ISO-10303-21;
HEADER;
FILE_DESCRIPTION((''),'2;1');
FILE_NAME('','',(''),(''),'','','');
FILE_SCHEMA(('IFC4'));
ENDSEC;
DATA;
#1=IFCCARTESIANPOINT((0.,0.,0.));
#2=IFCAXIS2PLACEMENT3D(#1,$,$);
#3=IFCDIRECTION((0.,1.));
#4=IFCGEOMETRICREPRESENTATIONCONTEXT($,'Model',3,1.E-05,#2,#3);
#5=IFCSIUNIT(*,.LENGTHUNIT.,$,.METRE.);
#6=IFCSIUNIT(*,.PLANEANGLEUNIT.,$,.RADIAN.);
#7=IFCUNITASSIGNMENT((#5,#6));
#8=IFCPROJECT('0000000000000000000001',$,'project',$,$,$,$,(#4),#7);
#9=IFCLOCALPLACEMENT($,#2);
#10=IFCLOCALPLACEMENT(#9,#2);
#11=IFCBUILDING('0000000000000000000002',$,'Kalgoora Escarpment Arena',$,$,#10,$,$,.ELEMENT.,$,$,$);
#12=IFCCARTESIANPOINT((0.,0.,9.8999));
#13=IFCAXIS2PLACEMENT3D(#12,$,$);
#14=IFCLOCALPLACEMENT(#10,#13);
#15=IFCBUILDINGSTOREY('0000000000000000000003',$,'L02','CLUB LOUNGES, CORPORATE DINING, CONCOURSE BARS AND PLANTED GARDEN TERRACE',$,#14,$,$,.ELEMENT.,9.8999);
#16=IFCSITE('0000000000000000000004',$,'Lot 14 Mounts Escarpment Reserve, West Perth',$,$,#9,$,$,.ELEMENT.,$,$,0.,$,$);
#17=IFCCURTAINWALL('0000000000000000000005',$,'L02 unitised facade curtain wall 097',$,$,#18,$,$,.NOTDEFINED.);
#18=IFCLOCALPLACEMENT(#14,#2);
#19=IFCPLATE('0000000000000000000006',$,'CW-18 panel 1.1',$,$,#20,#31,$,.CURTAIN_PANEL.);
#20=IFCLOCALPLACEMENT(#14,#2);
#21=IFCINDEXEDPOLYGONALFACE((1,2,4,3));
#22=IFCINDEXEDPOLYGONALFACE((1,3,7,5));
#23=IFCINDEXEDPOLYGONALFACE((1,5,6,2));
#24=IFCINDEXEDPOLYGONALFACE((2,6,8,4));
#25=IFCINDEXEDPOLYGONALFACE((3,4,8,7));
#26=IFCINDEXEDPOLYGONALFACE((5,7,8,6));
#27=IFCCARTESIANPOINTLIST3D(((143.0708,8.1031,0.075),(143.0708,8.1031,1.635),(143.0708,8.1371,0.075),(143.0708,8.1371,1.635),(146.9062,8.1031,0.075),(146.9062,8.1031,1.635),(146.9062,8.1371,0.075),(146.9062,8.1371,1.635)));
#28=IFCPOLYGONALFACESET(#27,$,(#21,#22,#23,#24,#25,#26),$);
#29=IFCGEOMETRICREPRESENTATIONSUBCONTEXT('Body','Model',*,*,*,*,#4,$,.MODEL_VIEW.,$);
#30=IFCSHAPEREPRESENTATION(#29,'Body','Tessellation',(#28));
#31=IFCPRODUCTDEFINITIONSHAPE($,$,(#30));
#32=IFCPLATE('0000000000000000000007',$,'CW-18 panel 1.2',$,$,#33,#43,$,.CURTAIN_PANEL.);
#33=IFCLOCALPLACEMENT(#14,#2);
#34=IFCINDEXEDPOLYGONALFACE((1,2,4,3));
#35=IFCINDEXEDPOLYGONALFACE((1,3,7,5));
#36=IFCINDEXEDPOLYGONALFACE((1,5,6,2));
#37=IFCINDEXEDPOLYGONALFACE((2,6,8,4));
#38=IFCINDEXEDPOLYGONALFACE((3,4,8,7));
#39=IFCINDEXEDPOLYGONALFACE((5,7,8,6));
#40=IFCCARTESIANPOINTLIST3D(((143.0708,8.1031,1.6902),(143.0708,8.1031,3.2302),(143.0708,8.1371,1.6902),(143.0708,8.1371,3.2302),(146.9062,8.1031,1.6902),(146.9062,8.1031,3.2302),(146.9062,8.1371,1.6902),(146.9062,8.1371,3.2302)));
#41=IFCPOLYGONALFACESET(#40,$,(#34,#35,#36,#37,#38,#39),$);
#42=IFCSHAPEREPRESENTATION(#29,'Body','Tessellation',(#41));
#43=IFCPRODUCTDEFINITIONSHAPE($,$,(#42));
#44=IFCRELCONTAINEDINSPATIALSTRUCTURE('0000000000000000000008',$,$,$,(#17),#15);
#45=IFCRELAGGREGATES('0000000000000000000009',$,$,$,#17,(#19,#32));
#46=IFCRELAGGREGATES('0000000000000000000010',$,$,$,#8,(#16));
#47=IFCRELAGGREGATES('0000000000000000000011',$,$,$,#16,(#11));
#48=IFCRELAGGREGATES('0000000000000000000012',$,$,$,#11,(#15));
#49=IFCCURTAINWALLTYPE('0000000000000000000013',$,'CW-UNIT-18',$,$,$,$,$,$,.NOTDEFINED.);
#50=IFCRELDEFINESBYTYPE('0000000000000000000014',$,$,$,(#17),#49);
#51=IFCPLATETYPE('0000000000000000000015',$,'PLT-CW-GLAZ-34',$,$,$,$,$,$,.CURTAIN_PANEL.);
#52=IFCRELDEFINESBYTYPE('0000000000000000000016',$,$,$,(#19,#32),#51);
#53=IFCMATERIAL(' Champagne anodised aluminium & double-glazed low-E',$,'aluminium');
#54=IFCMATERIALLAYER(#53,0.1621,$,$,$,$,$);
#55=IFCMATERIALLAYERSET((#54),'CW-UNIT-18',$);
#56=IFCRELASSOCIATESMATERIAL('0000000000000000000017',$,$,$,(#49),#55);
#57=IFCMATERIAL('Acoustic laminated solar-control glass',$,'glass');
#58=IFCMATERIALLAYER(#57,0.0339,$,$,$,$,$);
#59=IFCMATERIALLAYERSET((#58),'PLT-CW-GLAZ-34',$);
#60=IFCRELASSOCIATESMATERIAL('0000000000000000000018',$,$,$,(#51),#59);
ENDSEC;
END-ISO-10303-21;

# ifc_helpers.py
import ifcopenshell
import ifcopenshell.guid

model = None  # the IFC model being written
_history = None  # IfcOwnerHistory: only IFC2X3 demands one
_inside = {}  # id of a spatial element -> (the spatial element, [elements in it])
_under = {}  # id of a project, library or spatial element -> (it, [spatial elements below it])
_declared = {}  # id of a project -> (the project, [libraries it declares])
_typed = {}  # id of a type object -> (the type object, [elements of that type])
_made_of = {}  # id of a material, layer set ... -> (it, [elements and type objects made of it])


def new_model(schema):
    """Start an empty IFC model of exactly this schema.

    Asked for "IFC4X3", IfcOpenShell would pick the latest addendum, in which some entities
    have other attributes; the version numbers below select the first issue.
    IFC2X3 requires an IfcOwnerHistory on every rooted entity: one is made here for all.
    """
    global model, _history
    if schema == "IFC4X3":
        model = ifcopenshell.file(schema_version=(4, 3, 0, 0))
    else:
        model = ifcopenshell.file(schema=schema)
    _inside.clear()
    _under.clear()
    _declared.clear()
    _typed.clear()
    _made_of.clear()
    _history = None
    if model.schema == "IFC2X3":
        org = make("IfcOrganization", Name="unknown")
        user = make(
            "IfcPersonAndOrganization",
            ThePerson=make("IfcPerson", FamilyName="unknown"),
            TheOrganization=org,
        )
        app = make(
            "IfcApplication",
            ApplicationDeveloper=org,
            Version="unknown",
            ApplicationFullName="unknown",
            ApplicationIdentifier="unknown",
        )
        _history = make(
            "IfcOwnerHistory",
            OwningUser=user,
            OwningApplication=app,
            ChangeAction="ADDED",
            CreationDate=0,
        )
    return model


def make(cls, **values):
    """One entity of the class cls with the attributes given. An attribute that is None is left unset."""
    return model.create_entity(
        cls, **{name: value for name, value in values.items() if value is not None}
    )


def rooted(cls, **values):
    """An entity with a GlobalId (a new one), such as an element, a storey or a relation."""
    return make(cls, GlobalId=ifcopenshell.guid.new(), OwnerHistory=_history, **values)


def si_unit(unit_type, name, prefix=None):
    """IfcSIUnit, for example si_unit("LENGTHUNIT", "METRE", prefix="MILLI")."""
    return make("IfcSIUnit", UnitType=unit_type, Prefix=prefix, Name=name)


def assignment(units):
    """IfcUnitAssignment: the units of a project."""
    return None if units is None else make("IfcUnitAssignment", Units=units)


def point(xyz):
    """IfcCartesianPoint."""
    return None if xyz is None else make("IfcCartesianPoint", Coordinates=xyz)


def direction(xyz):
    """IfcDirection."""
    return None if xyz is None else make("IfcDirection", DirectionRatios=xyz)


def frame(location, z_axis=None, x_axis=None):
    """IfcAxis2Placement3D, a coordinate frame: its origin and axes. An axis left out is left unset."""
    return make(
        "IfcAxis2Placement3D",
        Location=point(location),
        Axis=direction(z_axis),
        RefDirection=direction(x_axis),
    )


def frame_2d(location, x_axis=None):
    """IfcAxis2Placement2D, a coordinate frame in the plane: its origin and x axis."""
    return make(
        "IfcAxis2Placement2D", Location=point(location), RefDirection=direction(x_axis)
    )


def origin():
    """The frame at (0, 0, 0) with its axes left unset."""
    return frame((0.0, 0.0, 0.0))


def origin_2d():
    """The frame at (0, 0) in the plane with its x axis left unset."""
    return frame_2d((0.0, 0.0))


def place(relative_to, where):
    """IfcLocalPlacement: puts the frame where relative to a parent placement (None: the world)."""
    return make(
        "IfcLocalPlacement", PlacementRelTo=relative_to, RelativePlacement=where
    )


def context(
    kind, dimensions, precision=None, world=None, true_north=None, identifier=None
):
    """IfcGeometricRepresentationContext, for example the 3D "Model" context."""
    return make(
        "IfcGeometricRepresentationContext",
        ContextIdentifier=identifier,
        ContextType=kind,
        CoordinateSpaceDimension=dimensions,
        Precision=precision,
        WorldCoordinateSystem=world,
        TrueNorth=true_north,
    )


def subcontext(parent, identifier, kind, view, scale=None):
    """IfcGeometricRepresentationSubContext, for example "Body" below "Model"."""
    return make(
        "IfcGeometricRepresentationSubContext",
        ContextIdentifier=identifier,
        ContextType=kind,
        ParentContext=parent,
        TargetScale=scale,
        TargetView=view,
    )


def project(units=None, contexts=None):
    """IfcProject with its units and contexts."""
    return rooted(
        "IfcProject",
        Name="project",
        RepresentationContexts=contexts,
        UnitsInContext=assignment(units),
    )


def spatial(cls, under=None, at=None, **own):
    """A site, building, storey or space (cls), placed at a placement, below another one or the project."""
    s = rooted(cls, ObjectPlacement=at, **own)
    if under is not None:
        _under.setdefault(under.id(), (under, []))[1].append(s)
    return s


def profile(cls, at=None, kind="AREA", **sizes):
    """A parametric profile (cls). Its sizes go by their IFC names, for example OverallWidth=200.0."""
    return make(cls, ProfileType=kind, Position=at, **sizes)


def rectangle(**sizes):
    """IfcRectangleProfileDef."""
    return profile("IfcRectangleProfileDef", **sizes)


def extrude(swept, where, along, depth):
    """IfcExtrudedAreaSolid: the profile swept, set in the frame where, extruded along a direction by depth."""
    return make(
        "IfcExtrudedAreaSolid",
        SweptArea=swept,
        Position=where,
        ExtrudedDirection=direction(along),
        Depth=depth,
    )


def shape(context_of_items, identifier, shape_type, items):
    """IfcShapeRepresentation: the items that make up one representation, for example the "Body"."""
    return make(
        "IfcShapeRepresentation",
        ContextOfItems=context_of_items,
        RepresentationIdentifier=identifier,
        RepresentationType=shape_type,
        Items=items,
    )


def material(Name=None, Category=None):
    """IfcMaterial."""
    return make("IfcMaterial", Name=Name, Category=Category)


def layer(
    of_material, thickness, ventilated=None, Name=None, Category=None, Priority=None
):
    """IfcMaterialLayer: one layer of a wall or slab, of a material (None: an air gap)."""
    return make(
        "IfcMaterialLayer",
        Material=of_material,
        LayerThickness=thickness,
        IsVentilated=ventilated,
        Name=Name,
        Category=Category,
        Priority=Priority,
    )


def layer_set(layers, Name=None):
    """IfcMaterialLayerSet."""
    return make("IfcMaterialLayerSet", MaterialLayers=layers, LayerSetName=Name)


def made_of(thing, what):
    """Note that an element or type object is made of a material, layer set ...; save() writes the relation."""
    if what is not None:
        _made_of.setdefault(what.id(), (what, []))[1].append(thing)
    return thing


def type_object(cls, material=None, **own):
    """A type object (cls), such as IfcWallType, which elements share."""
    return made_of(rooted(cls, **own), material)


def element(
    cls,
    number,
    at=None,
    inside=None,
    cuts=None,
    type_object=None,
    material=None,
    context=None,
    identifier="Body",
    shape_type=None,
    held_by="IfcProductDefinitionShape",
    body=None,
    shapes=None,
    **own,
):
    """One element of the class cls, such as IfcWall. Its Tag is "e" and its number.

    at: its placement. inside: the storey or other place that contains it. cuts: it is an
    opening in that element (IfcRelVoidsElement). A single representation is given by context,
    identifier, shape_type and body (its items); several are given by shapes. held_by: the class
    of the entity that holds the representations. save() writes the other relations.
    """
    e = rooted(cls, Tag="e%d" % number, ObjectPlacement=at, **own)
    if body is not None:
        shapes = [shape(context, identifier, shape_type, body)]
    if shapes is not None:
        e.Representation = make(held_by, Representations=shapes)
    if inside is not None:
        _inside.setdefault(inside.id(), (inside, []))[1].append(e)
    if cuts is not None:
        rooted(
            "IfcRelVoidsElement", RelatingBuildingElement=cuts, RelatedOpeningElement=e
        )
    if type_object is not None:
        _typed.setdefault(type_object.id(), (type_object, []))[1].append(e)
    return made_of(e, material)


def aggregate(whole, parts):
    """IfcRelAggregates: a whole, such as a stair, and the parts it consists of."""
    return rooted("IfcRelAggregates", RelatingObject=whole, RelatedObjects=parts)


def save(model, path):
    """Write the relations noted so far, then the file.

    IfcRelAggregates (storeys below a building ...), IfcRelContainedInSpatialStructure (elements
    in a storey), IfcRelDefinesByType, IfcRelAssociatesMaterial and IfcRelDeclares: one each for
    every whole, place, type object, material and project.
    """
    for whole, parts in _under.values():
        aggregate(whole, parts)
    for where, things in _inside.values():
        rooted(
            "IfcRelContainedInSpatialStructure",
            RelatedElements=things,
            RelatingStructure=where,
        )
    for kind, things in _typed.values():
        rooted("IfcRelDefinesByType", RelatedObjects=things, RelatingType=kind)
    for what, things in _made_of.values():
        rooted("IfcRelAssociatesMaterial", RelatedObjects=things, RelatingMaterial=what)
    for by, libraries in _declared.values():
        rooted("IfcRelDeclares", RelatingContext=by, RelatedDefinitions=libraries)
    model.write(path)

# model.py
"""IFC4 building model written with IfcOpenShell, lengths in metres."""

from ifc_helpers import new_model, si_unit, direction, frame, origin, origin_2d, place, context, subcontext, project, spatial, rectangle, extrude, material, layer, layer_set, type_object, element, aggregate, save


model = new_model("IFC4")

# Units and contexts
model_context = context("Model", 3, precision=1e-05, world=origin(), true_north=direction((0.0, 1.0)))
body_context = subcontext(model_context, "Body", "Model", "MODEL_VIEW")
ifc_project = project(units=[si_unit("LENGTHUNIT", "METRE"), si_unit("PLANEANGLEUNIT", "RADIAN")], contexts=[model_context])

# Site, building, storey
site_placement = place(None, origin())
site = spatial("IfcSite", under=ifc_project, at=site_placement, Name="Lot 14 Mounts Escarpment Reserve, West Perth", CompositionType="ELEMENT", RefElevation=0.0)
building_placement = place(site_placement, origin())
building = spatial("IfcBuilding", under=site, at=building_placement, Name="Kalgoora Escarpment Arena", CompositionType="ELEMENT")
storey_placement = place(building_placement, frame((0.0, 0.0, 9.8999)))
storey = spatial("IfcBuildingStorey", under=building, at=storey_placement, Name="L02", Description="CLUB LOUNGES, CORPORATE DINING, CONCOURSE BARS AND PLANTED GARDEN TERRACE", CompositionType="ELEMENT", Elevation=9.8999)

# Curtain wall
ifc_material_1 = material(Name=" Champagne anodised aluminium & double-glazed low-E", Category="aluminium")
ifc_layer_1 = layer(ifc_material_1, 0.1621)
ifc_layer_set_1 = layer_set([ifc_layer_1], Name="CW-UNIT-18")
curtain_wall_type_1 = type_object("IfcCurtainWallType", Name="CW-UNIT-18", PredefinedType="NOTDEFINED", material=ifc_layer_set_1)
curtain_wall_1_placement = place(storey_placement, origin())
curtain_wall_1 = element("IfcCurtainWall", 1, at=curtain_wall_1_placement, inside=storey, type_object=curtain_wall_type_1, Name="L02 unitised facade curtain wall 097", PredefinedType="NOTDEFINED")

# Plates
ifc_material_2 = material(Name="Acoustic laminated solar-control glass", Category="glass")
ifc_layer_2 = layer(ifc_material_2, 0.0339)
ifc_layer_set_2 = layer_set([ifc_layer_2], Name="PLT-CW-GLAZ-34")
plate_type_1 = type_object("IfcPlateType", Name="PLT-CW-GLAZ-34", PredefinedType="CURTAIN_PANEL", material=ifc_layer_set_2)
plate_1_placement = place(storey_placement, frame((144.9885, 8.1201, 0.075), z_axis=(0.0, 0.0, 1.0), x_axis=(-1.0, 0.0, 0.0)))
plate_1 = element("IfcPlate", 2, at=plate_1_placement, type_object=plate_type_1, Name="CW-18 panel 1.1", PredefinedType="CURTAIN_PANEL", context=body_context, shape_type="SweptSolid", body=[
    extrude(rectangle(XDim=3.8354, YDim=0.0339, at=origin_2d()), origin(), (0.0, 0.0, 1.0), 1.5601),
])
plate_2_placement = place(storey_placement, frame((144.9885, 8.1201, 1.6902), z_axis=(0.0, 0.0, 1.0), x_axis=(-1.0, 0.0, 0.0)))
plate_2 = element("IfcPlate", 3, at=plate_2_placement, type_object=plate_type_1, Name="CW-18 panel 1.2", PredefinedType="CURTAIN_PANEL", context=body_context, shape_type="SweptSolid", body=[
    extrude(rectangle(XDim=3.8354, YDim=0.0339, at=origin_2d()), origin(), (0.0, 0.0, 1.0), 1.54),
])
aggregate(curtain_wall_1, [plate_1, plate_2])

save(model, "model.ifc")
